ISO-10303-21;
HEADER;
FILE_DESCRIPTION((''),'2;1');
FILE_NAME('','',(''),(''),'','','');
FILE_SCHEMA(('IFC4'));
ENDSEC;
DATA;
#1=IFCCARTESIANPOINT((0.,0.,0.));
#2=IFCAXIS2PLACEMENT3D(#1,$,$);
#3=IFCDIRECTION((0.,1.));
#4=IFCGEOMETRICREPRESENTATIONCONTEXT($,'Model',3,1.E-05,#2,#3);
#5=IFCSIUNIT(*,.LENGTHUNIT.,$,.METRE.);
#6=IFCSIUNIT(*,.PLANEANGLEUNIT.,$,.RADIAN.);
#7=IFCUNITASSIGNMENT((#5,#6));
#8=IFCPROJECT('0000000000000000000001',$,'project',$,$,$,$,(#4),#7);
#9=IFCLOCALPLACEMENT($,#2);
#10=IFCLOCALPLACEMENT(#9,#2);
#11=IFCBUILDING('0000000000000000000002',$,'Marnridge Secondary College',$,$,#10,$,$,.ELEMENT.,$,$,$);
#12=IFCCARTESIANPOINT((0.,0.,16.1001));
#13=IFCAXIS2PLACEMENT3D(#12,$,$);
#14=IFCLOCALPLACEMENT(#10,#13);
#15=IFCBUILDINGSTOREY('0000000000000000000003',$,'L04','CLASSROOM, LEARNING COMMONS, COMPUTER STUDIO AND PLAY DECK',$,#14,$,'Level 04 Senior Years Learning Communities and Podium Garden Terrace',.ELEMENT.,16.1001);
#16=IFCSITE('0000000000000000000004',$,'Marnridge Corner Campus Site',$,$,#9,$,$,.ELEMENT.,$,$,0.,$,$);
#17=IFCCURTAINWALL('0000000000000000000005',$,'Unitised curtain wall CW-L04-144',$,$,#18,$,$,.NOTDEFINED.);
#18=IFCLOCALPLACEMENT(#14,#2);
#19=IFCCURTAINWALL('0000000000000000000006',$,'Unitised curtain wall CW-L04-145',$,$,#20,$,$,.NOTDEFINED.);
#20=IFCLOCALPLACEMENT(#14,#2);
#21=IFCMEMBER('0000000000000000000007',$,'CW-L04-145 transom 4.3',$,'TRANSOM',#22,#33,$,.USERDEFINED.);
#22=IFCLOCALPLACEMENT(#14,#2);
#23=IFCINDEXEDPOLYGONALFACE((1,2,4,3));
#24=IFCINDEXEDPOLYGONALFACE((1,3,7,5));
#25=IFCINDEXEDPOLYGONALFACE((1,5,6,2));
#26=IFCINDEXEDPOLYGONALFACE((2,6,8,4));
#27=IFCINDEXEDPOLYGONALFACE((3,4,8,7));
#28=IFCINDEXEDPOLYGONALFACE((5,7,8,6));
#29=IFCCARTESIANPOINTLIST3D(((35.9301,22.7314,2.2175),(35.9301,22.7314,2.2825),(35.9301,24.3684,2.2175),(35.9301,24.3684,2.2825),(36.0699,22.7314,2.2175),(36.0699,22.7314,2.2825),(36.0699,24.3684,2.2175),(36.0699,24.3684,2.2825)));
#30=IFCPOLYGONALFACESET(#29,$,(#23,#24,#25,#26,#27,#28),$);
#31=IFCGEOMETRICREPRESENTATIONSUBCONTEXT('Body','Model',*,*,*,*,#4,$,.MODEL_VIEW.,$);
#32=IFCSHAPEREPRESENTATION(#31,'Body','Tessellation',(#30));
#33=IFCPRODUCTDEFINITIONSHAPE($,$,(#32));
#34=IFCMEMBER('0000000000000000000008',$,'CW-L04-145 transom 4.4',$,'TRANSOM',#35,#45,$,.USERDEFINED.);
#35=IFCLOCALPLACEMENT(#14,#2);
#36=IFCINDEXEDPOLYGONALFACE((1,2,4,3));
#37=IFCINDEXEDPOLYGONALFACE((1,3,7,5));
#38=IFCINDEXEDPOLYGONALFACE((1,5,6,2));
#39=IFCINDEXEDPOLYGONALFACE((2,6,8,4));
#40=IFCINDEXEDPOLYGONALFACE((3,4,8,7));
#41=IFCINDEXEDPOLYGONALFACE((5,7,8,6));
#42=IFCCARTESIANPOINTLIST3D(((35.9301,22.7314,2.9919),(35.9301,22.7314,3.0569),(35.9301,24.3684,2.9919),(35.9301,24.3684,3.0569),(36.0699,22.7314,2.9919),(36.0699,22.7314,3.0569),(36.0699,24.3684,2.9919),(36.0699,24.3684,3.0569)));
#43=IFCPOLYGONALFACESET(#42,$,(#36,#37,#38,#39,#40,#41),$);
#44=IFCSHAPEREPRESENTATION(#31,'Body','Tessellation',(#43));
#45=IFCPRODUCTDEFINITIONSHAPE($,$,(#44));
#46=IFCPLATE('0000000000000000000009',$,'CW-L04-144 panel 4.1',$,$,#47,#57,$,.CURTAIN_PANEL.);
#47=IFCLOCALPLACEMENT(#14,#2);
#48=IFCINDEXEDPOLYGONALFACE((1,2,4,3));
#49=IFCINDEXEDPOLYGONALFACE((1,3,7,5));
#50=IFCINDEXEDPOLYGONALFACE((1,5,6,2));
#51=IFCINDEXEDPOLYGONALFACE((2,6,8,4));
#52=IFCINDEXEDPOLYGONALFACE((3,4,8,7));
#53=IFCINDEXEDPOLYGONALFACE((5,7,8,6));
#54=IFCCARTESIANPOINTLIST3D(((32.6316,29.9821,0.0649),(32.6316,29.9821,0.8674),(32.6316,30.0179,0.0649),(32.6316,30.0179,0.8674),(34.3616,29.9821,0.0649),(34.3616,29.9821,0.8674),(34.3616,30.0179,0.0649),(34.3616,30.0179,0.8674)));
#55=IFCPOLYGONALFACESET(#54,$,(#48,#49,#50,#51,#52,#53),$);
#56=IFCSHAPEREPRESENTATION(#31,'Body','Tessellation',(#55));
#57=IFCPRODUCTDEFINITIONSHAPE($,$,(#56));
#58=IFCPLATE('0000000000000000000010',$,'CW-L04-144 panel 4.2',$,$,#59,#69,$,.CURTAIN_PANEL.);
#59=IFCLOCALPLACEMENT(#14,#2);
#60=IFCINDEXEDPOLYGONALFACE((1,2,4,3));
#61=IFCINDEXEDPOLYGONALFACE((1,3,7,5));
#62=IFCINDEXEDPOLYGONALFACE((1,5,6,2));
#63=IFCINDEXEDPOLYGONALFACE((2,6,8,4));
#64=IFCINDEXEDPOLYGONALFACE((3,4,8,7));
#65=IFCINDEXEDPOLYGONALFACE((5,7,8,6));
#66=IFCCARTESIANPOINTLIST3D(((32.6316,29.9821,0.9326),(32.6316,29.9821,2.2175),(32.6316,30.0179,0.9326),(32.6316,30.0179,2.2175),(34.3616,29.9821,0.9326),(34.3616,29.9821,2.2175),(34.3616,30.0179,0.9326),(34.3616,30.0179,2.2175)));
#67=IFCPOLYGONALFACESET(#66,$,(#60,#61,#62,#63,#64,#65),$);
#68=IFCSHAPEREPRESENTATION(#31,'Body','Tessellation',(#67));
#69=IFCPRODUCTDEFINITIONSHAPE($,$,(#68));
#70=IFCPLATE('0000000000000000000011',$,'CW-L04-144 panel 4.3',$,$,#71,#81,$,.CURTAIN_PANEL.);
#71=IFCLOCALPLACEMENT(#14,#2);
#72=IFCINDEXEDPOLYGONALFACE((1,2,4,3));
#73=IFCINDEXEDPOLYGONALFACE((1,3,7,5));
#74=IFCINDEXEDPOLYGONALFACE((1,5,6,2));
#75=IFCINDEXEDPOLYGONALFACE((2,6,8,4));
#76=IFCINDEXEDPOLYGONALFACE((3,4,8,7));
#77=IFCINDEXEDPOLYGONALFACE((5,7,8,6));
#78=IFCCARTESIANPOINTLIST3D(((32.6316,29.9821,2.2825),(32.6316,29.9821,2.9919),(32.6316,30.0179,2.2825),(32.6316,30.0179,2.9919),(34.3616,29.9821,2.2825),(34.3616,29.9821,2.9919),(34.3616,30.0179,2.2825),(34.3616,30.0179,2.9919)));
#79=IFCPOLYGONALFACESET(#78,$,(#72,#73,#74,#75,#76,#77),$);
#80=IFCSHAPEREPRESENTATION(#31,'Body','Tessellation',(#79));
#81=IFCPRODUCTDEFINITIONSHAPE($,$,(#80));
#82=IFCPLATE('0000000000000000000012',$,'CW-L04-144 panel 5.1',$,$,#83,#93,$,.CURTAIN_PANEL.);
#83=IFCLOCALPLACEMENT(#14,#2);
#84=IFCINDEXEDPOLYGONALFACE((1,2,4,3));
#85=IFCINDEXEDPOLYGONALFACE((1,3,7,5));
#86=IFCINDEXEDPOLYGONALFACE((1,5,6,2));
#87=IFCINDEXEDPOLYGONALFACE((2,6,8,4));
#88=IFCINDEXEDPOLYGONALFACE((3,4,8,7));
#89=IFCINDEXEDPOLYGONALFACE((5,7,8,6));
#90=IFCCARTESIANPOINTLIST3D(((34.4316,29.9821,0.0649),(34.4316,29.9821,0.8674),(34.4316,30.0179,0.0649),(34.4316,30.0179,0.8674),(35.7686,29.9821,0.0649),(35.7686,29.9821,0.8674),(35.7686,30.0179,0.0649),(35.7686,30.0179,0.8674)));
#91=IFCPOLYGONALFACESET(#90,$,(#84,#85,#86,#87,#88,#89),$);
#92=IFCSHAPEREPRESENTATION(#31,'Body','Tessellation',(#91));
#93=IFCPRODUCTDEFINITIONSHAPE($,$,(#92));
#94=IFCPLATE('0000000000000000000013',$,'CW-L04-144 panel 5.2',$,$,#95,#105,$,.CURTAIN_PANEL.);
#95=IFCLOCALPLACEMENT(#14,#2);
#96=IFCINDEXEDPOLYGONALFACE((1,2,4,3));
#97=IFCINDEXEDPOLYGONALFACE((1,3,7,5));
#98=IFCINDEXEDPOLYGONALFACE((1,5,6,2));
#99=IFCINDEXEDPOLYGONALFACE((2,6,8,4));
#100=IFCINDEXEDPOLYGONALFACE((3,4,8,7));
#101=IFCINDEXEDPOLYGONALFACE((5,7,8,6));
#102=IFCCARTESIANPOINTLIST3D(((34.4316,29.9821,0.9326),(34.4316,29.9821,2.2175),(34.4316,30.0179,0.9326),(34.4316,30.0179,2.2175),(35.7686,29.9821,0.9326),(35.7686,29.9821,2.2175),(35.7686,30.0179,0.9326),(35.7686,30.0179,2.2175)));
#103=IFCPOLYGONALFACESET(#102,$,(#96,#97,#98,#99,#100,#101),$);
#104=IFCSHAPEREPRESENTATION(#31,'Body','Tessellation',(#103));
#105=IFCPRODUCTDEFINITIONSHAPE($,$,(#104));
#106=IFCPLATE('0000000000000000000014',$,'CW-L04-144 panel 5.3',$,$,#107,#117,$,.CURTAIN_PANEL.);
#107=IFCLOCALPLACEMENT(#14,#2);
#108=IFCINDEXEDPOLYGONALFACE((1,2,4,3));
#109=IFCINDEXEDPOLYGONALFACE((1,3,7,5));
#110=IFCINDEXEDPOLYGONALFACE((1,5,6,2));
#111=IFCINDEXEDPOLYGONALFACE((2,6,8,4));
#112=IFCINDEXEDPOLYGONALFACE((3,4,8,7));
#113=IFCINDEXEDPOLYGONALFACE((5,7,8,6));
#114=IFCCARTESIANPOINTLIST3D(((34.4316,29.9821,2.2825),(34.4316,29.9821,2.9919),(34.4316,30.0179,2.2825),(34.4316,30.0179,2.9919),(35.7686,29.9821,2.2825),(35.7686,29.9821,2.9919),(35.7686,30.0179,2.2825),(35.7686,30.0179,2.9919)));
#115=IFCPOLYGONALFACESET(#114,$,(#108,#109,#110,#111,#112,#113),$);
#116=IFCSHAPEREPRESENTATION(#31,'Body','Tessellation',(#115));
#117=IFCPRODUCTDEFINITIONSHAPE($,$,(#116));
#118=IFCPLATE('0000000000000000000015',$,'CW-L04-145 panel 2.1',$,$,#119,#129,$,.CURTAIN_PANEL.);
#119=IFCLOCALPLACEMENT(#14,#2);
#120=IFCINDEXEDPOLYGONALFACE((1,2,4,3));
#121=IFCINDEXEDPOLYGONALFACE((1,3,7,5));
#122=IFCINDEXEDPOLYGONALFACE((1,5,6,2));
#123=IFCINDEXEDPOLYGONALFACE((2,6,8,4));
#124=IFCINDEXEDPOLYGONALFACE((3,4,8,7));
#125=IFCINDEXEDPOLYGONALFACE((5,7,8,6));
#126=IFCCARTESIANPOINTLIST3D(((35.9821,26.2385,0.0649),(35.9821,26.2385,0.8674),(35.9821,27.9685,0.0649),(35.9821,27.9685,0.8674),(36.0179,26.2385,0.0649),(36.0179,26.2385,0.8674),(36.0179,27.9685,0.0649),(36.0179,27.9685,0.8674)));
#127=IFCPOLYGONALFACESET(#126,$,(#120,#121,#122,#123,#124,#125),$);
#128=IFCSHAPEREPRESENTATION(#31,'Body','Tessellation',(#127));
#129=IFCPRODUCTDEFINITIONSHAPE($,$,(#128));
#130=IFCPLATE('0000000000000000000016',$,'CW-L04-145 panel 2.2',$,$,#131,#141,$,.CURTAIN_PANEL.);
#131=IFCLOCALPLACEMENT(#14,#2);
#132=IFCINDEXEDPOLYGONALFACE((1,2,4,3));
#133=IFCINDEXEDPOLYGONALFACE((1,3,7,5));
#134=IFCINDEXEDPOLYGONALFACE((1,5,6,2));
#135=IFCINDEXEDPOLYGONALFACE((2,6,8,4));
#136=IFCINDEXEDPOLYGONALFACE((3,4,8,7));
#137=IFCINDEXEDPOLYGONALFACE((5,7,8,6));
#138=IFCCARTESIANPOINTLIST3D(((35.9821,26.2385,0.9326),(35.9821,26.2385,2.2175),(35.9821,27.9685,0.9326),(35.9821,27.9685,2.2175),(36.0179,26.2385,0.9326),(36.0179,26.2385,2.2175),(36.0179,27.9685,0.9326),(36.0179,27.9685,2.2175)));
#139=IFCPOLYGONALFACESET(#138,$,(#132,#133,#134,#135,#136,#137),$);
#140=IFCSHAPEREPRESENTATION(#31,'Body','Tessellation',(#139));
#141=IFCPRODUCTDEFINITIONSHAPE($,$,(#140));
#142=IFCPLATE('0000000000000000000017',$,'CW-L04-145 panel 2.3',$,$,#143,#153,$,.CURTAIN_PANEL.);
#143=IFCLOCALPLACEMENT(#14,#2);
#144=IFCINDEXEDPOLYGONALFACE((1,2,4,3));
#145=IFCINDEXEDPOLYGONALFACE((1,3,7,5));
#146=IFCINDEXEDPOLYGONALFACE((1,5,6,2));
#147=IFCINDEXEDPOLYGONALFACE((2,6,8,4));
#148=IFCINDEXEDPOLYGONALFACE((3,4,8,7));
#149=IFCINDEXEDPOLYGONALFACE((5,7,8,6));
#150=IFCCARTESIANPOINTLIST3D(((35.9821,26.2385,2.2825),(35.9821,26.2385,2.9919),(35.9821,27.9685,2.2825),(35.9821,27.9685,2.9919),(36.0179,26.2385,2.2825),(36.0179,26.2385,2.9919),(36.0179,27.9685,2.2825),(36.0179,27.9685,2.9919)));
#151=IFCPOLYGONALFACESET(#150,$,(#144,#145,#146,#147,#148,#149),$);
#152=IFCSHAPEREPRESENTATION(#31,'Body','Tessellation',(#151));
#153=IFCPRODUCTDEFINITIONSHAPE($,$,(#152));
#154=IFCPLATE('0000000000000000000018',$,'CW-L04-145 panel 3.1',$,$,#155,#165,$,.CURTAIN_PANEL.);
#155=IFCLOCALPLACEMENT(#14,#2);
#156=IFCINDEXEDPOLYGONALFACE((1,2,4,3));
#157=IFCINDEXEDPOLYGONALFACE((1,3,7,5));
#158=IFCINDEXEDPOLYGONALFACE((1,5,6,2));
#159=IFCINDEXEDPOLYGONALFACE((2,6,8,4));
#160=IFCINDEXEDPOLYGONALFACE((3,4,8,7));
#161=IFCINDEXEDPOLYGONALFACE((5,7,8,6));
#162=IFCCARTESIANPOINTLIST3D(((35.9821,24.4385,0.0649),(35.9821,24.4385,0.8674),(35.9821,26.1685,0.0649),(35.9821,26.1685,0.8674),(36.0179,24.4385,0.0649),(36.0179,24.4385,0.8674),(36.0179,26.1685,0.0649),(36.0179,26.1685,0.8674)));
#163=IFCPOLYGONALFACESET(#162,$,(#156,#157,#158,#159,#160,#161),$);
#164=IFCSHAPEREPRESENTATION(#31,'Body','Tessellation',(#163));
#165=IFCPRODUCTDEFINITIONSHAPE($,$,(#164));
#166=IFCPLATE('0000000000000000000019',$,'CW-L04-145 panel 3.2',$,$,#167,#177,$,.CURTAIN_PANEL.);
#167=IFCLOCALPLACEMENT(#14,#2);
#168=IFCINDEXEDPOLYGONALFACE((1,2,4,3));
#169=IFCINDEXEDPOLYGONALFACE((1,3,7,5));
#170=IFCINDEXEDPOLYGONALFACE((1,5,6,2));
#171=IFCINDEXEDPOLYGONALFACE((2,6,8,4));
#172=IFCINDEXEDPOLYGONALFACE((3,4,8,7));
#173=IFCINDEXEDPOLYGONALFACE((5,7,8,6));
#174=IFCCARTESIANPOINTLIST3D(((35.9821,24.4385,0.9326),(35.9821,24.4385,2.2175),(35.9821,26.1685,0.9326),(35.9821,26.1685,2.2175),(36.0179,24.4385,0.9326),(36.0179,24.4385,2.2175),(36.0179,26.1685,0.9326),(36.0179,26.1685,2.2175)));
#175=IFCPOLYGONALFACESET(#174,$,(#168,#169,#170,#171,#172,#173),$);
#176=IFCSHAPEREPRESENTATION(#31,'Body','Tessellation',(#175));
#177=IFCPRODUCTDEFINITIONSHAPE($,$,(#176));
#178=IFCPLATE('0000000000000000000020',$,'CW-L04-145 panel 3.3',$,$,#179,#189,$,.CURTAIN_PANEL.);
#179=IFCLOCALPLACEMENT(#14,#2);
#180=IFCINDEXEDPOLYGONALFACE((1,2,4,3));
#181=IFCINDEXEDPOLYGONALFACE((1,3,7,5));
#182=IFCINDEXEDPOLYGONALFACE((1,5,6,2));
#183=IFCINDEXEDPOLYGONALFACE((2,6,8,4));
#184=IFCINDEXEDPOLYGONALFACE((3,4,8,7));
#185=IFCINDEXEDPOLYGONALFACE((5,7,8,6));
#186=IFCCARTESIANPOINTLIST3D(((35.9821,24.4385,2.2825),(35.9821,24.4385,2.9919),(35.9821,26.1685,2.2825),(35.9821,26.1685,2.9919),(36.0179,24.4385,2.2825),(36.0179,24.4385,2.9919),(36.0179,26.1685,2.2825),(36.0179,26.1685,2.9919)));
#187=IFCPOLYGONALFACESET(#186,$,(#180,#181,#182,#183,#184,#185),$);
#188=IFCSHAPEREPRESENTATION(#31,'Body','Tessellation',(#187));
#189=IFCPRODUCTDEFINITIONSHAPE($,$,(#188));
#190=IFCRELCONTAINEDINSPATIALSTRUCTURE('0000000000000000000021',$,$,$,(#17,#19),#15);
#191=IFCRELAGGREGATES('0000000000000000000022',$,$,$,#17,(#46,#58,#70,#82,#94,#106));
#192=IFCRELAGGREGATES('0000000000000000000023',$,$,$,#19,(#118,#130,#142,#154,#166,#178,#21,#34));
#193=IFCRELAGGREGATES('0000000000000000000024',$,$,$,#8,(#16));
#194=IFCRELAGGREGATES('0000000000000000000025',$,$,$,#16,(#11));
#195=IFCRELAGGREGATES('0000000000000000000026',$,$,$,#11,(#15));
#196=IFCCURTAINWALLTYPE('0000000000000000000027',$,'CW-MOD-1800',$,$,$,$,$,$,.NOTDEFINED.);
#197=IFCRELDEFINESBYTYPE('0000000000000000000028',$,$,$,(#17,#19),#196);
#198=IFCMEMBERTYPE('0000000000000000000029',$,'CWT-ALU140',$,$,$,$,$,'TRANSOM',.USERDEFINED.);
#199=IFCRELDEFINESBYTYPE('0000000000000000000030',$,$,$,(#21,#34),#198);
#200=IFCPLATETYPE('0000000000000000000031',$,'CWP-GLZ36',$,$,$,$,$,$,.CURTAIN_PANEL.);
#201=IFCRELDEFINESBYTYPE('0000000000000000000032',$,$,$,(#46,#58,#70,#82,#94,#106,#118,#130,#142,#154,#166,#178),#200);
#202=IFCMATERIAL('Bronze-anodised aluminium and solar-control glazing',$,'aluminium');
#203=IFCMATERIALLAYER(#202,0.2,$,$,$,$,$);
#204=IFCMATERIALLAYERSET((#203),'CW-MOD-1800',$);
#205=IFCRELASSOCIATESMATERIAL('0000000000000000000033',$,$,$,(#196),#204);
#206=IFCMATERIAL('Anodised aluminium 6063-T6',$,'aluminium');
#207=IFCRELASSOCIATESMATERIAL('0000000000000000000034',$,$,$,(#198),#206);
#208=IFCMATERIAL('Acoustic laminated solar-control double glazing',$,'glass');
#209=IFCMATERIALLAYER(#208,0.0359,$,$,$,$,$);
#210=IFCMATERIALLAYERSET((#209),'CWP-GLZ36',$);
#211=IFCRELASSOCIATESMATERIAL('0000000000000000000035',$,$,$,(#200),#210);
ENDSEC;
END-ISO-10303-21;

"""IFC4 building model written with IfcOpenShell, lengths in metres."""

from ifc_helpers import new_model, si_unit, direction, frame, origin, origin_2d, place, context, subcontext, project, spatial, rectangle, extrude, material, layer, layer_set, material_profile, profile_set, type_object, element, aggregate, save


model = new_model("IFC4")

# Units and contexts
model_context = context("Model", 3, precision=1e-05, world=origin(), true_north=direction((0.0, 1.0)))
body_context = subcontext(model_context, "Body", "Model", "MODEL_VIEW")
ifc_project = project(units=[si_unit("LENGTHUNIT", "METRE"), si_unit("PLANEANGLEUNIT", "RADIAN")], contexts=[model_context])

# Site, building, storey
site_placement = place(None, origin())
site = spatial("IfcSite", under=ifc_project, at=site_placement, Name="Marnridge Corner Campus Site", CompositionType="ELEMENT", RefElevation=0.0)
building_placement = place(site_placement, origin())
building = spatial("IfcBuilding", under=site, at=building_placement, Name="Marnridge Secondary College", CompositionType="ELEMENT")
storey_placement = place(building_placement, frame((0.0, 0.0, 16.1001)))
storey = spatial("IfcBuildingStorey", under=building, at=storey_placement, Name="L04", Description="CLASSROOM, LEARNING COMMONS, COMPUTER STUDIO AND PLAY DECK", LongName="Level 04 Senior Years Learning Communities and Podium Garden Terrace", CompositionType="ELEMENT", Elevation=16.1001)

# Curtain walls
ifc_material_1 = material(Name="Bronze-anodised aluminium and solar-control glazing", Category="aluminium")
ifc_layer_1 = layer(ifc_material_1, 0.2)
ifc_layer_set_1 = layer_set([ifc_layer_1], Name="CW-MOD-1800")
curtain_wall_type = type_object("IfcCurtainWallType", Name="CW-MOD-1800", PredefinedType="NOTDEFINED", material=ifc_layer_set_1)
curtain_wall_1_placement = place(storey_placement, origin())
curtain_wall_1 = element("IfcCurtainWall", 1, at=curtain_wall_1_placement, inside=storey, type_object=curtain_wall_type, Name="Unitised curtain wall CW-L04-144", PredefinedType="NOTDEFINED")
curtain_wall_2_placement = place(storey_placement, origin())
curtain_wall_2 = element("IfcCurtainWall", 2, at=curtain_wall_2_placement, inside=storey, type_object=curtain_wall_type, Name="Unitised curtain wall CW-L04-145", PredefinedType="NOTDEFINED")

# Members
ifc_material_2 = material(Name="Anodised aluminium 6063-T6", Category="aluminium")
ifc_material_profile_1 = material_profile(ifc_material_2, rectangle(XDim=0.0649, YDim=0.1399, at=origin_2d()), Name="ALU 65x140")
ifc_profile_set_1 = profile_set([ifc_material_profile_1], Name="Anodised aluminium 6063-T6")
member_type_1 = type_object("IfcMemberType", Name="CWT-ALU140", ElementType="TRANSOM", PredefinedType="USERDEFINED", material=ifc_profile_set_1)
member_1_placement = place(storey_placement, frame((36.0, 24.3684, 2.25), z_axis=(0.0, -1.0, 0.0), x_axis=(0.0, 0.0, 1.0)))
member_1 = element("IfcMember", 3, at=member_1_placement, type_object=member_type_1, Name="CW-L04-145 transom 4.3", ObjectType="TRANSOM", PredefinedType="USERDEFINED", context=body_context, shape_type="SweptSolid", body=[
    extrude(rectangle(XDim=0.0649, YDim=0.1399, at=origin_2d()), origin(), (0.0, 0.0, 1.0), 1.637),
])
member_2_placement = place(storey_placement, frame((36.0, 24.3684, 3.0244), z_axis=(0.0, -1.0, 0.0), x_axis=(0.0, 0.0, 1.0)))
member_2 = element("IfcMember", 4, at=member_2_placement, type_object=member_type_1, Name="CW-L04-145 transom 4.4", ObjectType="TRANSOM", PredefinedType="USERDEFINED", context=body_context, shape_type="SweptSolid", body=[
    extrude(rectangle(XDim=0.0649, YDim=0.1399, at=origin_2d()), origin(), (0.0, 0.0, 1.0), 1.637),
])

# Plates
ifc_material_3 = material(Name="Acoustic laminated solar-control double glazing", Category="glass")
ifc_layer_2 = layer(ifc_material_3, 0.0359)
ifc_layer_set_2 = layer_set([ifc_layer_2], Name="CWP-GLZ36")
plate_type = type_object("IfcPlateType", Name="CWP-GLZ36", PredefinedType="CURTAIN_PANEL", material=ifc_layer_set_2)
plate_1_placement = place(storey_placement, frame((33.4966, 30.0, 0.0649), z_axis=(0.0, 0.0, 1.0), x_axis=(1.0, 0.0, 0.0)))
plate_1 = element("IfcPlate", 5, at=plate_1_placement, type_object=plate_type, Name="CW-L04-144 panel 4.1", PredefinedType="CURTAIN_PANEL", context=body_context, shape_type="SweptSolid", body=[
    extrude(rectangle(XDim=1.73, YDim=0.0359, at=origin_2d()), origin(), (0.0, 0.0, 1.0), 0.8025),
])
plate_2_placement = place(storey_placement, frame((33.4966, 30.0, 0.9326), z_axis=(0.0, 0.0, 1.0), x_axis=(1.0, 0.0, 0.0)))
plate_2 = element("IfcPlate", 6, at=plate_2_placement, type_object=plate_type, Name="CW-L04-144 panel 4.2", PredefinedType="CURTAIN_PANEL", context=body_context, shape_type="SweptSolid", body=[
    extrude(rectangle(XDim=1.73, YDim=0.0359, at=origin_2d()), origin(), (0.0, 0.0, 1.0), 1.2849),
])
plate_3_placement = place(storey_placement, frame((33.4966, 30.0, 2.2825), z_axis=(0.0, 0.0, 1.0), x_axis=(1.0, 0.0, 0.0)))
plate_3 = element("IfcPlate", 7, at=plate_3_placement, type_object=plate_type, Name="CW-L04-144 panel 4.3", PredefinedType="CURTAIN_PANEL", context=body_context, shape_type="SweptSolid", body=[
    extrude(rectangle(XDim=1.73, YDim=0.0359, at=origin_2d()), origin(), (0.0, 0.0, 1.0), 0.7095),
])
plate_4_placement = place(storey_placement, frame((35.1001, 30.0, 0.0649), z_axis=(0.0, 0.0, 1.0), x_axis=(1.0, 0.0, 0.0)))
plate_4 = element("IfcPlate", 8, at=plate_4_placement, type_object=plate_type, Name="CW-L04-144 panel 5.1", PredefinedType="CURTAIN_PANEL", context=body_context, shape_type="SweptSolid", body=[
    extrude(rectangle(XDim=1.3369, YDim=0.0359, at=origin_2d()), origin(), (0.0, 0.0, 1.0), 0.8025),
])
plate_5_placement = place(storey_placement, frame((35.1001, 30.0, 0.9326), z_axis=(0.0, 0.0, 1.0), x_axis=(1.0, 0.0, 0.0)))
plate_5 = element("IfcPlate", 9, at=plate_5_placement, type_object=plate_type, Name="CW-L04-144 panel 5.2", PredefinedType="CURTAIN_PANEL", context=body_context, shape_type="SweptSolid", body=[
    extrude(rectangle(XDim=1.3369, YDim=0.0359, at=origin_2d()), origin(), (0.0, 0.0, 1.0), 1.2849),
])
plate_6_placement = place(storey_placement, frame((35.1001, 30.0, 2.2825), z_axis=(0.0, 0.0, 1.0), x_axis=(1.0, 0.0, 0.0)))
plate_6 = element("IfcPlate", 10, at=plate_6_placement, type_object=plate_type, Name="CW-L04-144 panel 5.3", PredefinedType="CURTAIN_PANEL", context=body_context, shape_type="SweptSolid", body=[
    extrude(rectangle(XDim=1.3369, YDim=0.0359, at=origin_2d()), origin(), (0.0, 0.0, 1.0), 0.7095),
])
aggregate(curtain_wall_1, [plate_1, plate_2, plate_3, plate_4, plate_5, plate_6])
plate_7_placement = place(storey_placement, frame((36.0, 27.1035, 0.0649), z_axis=(0.0, 0.0, 1.0), x_axis=(0.0, -1.0, 0.0)))
plate_7 = element("IfcPlate", 11, at=plate_7_placement, type_object=plate_type, Name="CW-L04-145 panel 2.1", PredefinedType="CURTAIN_PANEL", context=body_context, shape_type="SweptSolid", body=[
    extrude(rectangle(XDim=1.73, YDim=0.0359, at=origin_2d()), origin(), (0.0, 0.0, 1.0), 0.8025),
])
plate_8_placement = place(storey_placement, frame((36.0, 27.1035, 0.9326), z_axis=(0.0, 0.0, 1.0), x_axis=(0.0, -1.0, 0.0)))
plate_8 = element("IfcPlate", 12, at=plate_8_placement, type_object=plate_type, Name="CW-L04-145 panel 2.2", PredefinedType="CURTAIN_PANEL", context=body_context, shape_type="SweptSolid", body=[
    extrude(rectangle(XDim=1.73, YDim=0.0359, at=origin_2d()), origin(), (0.0, 0.0, 1.0), 1.2849),
])
plate_9_placement = place(storey_placement, frame((36.0, 27.1035, 2.2825), z_axis=(0.0, 0.0, 1.0), x_axis=(0.0, -1.0, 0.0)))
plate_9 = element("IfcPlate", 13, at=plate_9_placement, type_object=plate_type, Name="CW-L04-145 panel 2.3", PredefinedType="CURTAIN_PANEL", context=body_context, shape_type="SweptSolid", body=[
    extrude(rectangle(XDim=1.73, YDim=0.0359, at=origin_2d()), origin(), (0.0, 0.0, 1.0), 0.7095),
])
plate_10_placement = place(storey_placement, frame((36.0, 25.3035, 0.0649), z_axis=(0.0, 0.0, 1.0), x_axis=(0.0, -1.0, 0.0)))
plate_10 = element("IfcPlate", 14, at=plate_10_placement, type_object=plate_type, Name="CW-L04-145 panel 3.1", PredefinedType="CURTAIN_PANEL", context=body_context, shape_type="SweptSolid", body=[
    extrude(rectangle(XDim=1.73, YDim=0.0359, at=origin_2d()), origin(), (0.0, 0.0, 1.0), 0.8025),
])
plate_11_placement = place(storey_placement, frame((36.0, 25.3035, 0.9326), z_axis=(0.0, 0.0, 1.0), x_axis=(0.0, -1.0, 0.0)))
plate_11 = element("IfcPlate", 15, at=plate_11_placement, type_object=plate_type, Name="CW-L04-145 panel 3.2", PredefinedType="CURTAIN_PANEL", context=body_context, shape_type="SweptSolid", body=[
    extrude(rectangle(XDim=1.73, YDim=0.0359, at=origin_2d()), origin(), (0.0, 0.0, 1.0), 1.2849),
])
plate_12_placement = place(storey_placement, frame((36.0, 25.3035, 2.2825), z_axis=(0.0, 0.0, 1.0), x_axis=(0.0, -1.0, 0.0)))
plate_12 = element("IfcPlate", 16, at=plate_12_placement, type_object=plate_type, Name="CW-L04-145 panel 3.3", PredefinedType="CURTAIN_PANEL", context=body_context, shape_type="SweptSolid", body=[
    extrude(rectangle(XDim=1.73, YDim=0.0359, at=origin_2d()), origin(), (0.0, 0.0, 1.0), 0.7095),
])
aggregate(curtain_wall_2, [plate_7, plate_8, plate_9, plate_10, plate_11, plate_12, member_1, member_2])

save(model, "model.ifc")
